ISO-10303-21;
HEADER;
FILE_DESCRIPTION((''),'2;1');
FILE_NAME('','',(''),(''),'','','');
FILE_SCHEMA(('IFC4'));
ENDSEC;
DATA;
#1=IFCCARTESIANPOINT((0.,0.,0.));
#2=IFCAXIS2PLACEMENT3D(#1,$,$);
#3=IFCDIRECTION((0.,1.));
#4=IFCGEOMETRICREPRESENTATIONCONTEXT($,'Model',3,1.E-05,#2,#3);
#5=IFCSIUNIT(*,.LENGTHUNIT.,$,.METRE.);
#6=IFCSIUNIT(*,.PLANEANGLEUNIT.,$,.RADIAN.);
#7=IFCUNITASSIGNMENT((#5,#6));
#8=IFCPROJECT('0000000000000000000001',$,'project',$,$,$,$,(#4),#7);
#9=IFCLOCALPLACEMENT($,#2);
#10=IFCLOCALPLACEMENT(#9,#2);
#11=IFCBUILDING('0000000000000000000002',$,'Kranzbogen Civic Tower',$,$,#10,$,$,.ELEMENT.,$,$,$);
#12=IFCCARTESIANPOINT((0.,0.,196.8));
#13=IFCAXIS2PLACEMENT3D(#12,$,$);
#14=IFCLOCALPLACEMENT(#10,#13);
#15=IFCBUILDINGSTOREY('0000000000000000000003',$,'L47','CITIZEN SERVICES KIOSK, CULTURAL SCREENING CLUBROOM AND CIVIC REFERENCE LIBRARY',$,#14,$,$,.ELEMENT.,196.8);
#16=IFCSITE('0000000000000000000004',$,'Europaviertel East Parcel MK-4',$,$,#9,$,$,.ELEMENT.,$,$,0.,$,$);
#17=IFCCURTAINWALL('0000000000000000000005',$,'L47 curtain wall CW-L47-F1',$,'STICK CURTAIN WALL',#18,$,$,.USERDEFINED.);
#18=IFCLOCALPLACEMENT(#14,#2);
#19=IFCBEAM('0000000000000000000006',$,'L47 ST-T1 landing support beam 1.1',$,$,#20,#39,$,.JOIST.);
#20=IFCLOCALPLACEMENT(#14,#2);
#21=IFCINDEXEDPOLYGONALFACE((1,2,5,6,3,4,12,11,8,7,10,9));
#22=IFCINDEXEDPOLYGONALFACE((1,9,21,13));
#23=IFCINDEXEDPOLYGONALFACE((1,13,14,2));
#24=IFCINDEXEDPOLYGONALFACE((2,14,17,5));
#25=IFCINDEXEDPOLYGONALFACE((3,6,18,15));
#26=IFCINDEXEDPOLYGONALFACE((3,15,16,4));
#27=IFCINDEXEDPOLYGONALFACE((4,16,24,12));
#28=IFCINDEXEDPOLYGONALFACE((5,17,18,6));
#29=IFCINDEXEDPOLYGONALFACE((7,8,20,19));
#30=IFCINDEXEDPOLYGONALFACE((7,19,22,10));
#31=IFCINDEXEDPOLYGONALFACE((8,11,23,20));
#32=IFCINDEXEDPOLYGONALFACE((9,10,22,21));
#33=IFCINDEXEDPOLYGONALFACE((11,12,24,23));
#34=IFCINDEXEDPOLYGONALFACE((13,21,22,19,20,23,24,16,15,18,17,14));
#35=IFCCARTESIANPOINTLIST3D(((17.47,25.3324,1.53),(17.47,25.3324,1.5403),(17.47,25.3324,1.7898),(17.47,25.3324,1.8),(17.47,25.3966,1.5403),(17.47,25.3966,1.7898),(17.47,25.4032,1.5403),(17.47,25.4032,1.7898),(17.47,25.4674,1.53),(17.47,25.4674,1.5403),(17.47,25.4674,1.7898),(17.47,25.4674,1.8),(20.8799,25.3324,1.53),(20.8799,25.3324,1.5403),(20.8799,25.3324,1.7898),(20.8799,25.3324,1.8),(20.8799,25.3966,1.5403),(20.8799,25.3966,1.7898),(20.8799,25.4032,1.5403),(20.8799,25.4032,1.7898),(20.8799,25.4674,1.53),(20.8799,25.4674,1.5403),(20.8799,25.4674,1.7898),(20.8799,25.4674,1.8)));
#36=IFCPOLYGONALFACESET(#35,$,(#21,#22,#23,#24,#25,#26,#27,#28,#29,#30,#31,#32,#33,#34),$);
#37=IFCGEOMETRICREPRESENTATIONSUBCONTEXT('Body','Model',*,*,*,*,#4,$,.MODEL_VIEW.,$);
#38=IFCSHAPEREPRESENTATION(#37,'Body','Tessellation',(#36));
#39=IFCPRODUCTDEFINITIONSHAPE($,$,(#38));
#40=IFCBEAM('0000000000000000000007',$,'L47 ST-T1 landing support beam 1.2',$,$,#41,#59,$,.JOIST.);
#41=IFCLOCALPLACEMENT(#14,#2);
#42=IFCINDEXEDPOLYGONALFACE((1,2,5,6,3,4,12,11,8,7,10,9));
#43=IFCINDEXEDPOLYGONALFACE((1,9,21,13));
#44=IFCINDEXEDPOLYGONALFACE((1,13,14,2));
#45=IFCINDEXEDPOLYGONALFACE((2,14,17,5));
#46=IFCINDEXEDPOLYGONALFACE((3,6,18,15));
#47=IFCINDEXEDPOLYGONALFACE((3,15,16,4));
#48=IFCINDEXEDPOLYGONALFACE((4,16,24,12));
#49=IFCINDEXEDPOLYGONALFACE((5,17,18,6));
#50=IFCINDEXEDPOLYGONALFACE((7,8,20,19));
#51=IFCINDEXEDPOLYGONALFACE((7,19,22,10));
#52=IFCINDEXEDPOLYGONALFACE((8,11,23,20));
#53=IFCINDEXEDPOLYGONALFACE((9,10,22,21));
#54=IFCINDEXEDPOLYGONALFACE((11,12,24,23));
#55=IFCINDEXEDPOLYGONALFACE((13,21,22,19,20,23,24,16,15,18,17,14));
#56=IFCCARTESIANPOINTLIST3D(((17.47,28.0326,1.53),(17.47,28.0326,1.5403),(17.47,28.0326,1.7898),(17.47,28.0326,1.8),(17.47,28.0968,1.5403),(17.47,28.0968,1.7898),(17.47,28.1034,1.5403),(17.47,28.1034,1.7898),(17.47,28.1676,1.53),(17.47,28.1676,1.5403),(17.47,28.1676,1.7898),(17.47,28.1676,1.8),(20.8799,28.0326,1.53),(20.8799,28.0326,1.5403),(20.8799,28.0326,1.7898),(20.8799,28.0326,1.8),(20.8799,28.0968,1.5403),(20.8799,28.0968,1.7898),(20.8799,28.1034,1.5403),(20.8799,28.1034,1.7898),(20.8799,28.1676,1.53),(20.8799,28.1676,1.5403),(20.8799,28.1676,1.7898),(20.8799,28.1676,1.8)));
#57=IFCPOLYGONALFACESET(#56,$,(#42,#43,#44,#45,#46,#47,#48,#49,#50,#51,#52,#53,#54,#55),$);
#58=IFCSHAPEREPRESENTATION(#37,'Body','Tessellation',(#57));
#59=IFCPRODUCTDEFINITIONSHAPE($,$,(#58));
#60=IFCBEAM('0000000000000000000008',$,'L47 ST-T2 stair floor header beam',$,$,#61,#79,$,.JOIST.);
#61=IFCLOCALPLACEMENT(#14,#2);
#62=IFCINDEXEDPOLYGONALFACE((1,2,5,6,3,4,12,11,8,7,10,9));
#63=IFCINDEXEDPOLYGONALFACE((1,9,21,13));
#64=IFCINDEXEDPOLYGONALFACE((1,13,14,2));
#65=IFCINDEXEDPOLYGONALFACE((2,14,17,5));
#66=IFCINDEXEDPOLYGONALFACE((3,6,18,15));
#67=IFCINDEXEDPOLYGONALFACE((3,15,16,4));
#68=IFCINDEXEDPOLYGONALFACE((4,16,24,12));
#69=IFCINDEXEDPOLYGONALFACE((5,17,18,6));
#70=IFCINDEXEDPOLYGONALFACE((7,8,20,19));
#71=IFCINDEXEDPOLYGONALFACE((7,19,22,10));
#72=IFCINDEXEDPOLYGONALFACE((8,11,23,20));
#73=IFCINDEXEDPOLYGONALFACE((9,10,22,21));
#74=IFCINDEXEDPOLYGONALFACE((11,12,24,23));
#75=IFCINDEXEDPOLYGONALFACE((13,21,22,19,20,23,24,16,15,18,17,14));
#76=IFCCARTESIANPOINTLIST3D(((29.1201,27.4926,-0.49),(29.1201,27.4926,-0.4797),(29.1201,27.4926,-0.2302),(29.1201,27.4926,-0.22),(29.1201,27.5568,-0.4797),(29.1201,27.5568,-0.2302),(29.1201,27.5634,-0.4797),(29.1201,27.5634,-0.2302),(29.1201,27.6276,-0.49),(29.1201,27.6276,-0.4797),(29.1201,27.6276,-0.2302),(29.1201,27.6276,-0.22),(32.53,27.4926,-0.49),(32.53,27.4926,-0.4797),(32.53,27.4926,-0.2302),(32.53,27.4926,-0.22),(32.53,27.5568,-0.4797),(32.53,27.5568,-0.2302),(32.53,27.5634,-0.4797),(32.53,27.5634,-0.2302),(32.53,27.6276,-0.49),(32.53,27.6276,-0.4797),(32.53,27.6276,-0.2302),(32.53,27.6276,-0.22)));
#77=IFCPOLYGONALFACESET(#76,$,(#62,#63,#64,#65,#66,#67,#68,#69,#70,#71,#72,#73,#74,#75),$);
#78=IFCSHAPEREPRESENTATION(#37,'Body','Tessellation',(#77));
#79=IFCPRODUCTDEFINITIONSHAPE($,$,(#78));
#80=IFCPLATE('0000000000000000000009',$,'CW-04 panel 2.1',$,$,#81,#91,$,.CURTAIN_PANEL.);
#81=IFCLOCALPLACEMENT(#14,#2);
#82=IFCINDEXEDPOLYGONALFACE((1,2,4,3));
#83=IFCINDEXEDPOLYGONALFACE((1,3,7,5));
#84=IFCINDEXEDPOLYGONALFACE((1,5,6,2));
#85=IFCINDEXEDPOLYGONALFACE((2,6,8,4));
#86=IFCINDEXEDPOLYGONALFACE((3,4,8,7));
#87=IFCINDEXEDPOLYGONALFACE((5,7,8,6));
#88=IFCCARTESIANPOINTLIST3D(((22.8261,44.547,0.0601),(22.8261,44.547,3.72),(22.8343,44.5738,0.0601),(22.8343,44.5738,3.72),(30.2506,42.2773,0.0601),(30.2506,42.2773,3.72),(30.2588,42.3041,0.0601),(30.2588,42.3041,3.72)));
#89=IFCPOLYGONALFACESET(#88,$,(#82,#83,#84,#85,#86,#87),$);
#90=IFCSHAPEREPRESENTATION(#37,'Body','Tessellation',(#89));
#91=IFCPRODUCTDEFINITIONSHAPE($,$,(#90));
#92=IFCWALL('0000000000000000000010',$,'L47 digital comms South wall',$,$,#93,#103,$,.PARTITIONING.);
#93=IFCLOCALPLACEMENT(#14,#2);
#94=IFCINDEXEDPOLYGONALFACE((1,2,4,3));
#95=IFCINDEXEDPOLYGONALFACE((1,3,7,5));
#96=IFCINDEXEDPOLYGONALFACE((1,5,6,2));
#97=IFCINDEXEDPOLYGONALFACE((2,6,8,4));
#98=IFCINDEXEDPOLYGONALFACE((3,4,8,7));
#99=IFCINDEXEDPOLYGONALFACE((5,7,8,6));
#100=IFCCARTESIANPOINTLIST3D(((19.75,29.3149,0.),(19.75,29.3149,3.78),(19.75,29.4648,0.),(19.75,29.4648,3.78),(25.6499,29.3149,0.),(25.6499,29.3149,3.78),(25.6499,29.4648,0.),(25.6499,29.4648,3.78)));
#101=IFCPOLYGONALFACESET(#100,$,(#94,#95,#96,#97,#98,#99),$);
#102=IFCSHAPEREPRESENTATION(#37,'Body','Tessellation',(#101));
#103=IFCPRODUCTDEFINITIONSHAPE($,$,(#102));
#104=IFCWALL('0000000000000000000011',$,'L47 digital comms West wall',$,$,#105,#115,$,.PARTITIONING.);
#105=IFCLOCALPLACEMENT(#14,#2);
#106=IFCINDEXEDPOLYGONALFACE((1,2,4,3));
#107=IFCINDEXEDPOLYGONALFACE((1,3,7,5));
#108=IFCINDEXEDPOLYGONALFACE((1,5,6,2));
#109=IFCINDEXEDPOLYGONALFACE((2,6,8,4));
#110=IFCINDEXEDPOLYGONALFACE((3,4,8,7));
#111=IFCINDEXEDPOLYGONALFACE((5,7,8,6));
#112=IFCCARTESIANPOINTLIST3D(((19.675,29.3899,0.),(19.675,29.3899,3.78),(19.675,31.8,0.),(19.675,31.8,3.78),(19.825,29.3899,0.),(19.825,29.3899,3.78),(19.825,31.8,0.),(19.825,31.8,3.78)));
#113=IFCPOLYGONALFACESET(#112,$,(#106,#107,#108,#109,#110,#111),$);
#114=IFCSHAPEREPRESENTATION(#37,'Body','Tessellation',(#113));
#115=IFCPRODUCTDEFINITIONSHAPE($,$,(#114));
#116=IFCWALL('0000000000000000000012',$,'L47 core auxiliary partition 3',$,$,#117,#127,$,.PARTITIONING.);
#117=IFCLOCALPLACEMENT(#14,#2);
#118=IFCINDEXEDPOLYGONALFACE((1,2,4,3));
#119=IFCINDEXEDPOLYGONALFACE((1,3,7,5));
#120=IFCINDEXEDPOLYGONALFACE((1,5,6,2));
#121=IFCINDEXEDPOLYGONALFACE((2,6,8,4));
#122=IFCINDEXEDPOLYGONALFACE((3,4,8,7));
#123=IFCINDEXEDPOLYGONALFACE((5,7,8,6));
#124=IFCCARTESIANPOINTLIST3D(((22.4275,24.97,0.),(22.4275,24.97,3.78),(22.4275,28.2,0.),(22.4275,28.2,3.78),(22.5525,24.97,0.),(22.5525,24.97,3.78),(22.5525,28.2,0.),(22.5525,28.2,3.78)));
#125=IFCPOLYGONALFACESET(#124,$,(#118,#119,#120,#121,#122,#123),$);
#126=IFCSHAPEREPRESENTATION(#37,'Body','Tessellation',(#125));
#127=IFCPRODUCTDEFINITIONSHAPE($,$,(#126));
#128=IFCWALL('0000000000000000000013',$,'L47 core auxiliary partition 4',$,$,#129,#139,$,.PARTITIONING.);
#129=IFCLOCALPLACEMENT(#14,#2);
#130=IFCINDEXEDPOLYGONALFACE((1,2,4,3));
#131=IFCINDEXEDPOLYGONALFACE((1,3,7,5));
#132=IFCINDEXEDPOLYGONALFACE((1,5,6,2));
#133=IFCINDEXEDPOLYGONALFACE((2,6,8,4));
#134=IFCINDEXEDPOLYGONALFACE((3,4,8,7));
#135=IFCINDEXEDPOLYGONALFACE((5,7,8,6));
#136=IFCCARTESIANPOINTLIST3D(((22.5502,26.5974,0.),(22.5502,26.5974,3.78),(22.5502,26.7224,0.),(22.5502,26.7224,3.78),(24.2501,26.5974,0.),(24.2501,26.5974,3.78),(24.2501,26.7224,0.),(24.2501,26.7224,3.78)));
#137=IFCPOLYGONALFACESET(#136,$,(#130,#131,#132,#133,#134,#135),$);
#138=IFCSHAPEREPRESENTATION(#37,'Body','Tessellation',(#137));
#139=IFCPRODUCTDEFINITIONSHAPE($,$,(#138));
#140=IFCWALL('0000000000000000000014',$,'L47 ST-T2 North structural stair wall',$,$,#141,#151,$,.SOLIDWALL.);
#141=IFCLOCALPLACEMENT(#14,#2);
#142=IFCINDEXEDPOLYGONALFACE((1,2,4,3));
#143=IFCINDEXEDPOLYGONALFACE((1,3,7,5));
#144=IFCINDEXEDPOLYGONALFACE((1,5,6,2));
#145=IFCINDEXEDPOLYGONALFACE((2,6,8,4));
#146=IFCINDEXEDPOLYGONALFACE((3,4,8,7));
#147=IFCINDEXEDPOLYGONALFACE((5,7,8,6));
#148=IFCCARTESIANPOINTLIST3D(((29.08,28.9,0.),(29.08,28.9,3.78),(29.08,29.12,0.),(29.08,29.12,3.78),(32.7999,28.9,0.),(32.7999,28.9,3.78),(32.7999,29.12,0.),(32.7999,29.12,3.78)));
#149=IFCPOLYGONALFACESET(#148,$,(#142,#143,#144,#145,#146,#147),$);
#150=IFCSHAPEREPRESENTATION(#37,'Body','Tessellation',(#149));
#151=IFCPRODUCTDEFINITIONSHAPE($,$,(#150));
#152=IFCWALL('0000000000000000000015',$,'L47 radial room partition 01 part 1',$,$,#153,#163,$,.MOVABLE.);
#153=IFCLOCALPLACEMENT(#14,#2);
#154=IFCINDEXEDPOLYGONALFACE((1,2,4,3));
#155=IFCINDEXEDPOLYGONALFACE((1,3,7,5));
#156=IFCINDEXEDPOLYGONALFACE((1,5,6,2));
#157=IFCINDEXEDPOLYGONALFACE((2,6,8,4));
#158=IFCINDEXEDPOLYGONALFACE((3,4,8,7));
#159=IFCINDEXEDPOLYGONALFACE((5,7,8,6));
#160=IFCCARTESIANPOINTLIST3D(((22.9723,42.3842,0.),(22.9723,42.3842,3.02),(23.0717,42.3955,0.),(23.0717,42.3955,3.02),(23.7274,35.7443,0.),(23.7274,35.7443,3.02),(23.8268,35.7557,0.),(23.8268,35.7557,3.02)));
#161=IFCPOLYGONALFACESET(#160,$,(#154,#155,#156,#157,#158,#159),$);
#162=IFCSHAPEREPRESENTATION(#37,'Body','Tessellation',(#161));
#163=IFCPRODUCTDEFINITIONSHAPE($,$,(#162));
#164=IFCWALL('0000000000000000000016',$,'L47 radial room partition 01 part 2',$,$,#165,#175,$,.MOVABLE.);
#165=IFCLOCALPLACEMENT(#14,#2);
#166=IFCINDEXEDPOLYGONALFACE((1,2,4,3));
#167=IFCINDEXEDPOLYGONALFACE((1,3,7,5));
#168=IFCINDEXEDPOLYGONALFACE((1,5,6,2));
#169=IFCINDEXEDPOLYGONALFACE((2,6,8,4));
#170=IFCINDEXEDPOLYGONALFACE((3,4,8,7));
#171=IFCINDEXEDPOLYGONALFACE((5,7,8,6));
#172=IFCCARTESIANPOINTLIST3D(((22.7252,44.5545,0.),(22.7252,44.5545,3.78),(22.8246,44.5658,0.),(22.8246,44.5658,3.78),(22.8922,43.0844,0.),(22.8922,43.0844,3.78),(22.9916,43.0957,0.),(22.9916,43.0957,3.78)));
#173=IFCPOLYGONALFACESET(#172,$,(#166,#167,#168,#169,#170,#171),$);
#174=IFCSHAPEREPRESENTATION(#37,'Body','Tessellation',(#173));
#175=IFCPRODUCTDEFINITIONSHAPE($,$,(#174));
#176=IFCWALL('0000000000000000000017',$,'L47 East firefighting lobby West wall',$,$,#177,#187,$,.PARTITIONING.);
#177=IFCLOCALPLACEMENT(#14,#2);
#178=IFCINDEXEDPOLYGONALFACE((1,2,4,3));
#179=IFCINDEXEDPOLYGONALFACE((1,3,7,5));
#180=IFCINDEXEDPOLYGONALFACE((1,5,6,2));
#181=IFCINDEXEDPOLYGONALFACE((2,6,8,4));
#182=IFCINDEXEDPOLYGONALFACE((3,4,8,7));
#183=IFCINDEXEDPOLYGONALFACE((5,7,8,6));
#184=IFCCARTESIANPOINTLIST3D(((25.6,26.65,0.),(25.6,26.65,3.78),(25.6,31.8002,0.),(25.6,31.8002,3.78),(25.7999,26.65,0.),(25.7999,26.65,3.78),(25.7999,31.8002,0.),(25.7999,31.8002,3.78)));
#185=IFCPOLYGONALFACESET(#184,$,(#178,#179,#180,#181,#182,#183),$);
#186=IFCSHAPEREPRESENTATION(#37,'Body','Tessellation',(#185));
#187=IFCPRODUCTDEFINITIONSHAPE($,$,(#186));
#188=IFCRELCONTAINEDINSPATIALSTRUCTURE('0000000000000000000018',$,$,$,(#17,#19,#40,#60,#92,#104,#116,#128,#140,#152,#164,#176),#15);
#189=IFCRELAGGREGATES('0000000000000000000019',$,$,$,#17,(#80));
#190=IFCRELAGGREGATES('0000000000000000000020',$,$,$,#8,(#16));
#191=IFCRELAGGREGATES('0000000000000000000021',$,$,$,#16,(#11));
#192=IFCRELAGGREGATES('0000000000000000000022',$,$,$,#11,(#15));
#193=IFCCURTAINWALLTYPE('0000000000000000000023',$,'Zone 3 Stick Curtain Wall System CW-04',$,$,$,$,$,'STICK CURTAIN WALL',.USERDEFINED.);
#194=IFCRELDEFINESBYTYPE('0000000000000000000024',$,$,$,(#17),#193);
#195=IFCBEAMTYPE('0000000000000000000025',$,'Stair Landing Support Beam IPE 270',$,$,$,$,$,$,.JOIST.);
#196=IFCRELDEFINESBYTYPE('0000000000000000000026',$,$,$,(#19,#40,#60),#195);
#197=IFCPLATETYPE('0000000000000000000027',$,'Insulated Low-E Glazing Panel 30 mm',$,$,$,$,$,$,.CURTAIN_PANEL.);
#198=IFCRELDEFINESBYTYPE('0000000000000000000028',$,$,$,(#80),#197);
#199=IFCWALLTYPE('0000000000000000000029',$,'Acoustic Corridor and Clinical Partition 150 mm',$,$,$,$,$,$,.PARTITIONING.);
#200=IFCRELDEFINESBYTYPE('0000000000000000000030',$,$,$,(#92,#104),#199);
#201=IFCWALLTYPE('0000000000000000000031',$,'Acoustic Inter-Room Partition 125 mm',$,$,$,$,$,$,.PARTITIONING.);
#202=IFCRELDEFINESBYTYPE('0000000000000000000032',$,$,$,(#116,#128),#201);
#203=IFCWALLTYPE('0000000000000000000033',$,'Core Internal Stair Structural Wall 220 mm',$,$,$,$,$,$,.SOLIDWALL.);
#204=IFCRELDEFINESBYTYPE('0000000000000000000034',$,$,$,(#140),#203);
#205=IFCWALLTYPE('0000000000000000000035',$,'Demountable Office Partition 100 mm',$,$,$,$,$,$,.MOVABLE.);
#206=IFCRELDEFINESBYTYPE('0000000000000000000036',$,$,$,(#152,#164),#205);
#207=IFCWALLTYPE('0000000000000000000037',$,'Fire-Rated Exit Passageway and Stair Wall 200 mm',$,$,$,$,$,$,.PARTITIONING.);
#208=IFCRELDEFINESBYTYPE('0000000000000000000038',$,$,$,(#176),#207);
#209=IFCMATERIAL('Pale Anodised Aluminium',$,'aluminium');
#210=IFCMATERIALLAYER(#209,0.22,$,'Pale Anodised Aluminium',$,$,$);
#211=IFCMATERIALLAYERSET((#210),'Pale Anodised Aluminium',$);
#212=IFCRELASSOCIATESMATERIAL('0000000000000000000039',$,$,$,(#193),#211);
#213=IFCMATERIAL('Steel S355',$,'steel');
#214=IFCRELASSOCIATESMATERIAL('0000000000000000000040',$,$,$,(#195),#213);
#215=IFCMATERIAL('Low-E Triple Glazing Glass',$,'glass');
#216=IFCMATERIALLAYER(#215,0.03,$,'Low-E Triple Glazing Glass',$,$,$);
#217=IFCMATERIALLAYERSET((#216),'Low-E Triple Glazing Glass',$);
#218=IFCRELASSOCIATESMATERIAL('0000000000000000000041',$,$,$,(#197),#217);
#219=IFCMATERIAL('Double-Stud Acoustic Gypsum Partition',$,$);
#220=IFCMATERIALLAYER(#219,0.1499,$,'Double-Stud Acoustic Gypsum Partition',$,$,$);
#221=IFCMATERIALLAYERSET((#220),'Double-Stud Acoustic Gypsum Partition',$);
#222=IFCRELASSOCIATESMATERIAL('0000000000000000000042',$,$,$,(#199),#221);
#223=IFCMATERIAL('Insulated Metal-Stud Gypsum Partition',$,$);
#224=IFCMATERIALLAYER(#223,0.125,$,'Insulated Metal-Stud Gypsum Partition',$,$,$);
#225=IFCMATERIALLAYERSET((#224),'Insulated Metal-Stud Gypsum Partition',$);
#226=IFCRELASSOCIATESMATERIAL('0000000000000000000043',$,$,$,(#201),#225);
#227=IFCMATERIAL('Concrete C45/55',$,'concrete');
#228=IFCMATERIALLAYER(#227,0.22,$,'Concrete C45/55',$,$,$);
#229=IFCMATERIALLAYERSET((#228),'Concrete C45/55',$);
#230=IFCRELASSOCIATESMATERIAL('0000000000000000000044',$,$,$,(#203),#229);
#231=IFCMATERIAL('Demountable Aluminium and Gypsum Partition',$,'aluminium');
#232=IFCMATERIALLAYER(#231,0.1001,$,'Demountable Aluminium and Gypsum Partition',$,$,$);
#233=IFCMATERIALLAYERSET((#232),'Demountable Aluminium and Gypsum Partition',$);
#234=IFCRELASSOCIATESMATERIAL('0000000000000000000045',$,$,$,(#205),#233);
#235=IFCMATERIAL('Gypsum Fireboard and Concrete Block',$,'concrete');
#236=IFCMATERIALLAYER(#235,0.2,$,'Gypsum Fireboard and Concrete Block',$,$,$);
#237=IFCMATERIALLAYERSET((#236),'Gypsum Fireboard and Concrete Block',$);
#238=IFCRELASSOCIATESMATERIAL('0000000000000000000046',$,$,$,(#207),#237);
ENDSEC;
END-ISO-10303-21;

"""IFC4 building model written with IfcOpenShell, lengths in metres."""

from ifc_helpers import new_model, si_unit, direction, frame, frame_2d, origin, origin_2d, place, context, subcontext, project, spatial, rectangle, i_section, extrude, material, layer, layer_set, material_profile, profile_set, type_object, element, aggregate, save


model = new_model("IFC4")

# Units and contexts
model_context = context("Model", 3, precision=1e-05, world=origin(), true_north=direction((0.0, 1.0)))
body_context = subcontext(model_context, "Body", "Model", "MODEL_VIEW")
ifc_project = project(units=[si_unit("LENGTHUNIT", "METRE"), si_unit("PLANEANGLEUNIT", "RADIAN")], contexts=[model_context])

# Site, building, storey
site_placement = place(None, origin())
site = spatial("IfcSite", under=ifc_project, at=site_placement, Name="Europaviertel East Parcel MK-4", CompositionType="ELEMENT", RefElevation=0.0)
building_placement = place(site_placement, origin())
building = spatial("IfcBuilding", under=site, at=building_placement, Name="Kranzbogen Civic Tower", CompositionType="ELEMENT")
storey_placement = place(building_placement, frame((0.0, 0.0, 196.8)))
storey = spatial("IfcBuildingStorey", under=building, at=storey_placement, Name="L47", Description="CITIZEN SERVICES KIOSK, CULTURAL SCREENING CLUBROOM AND CIVIC REFERENCE LIBRARY", CompositionType="ELEMENT", Elevation=196.8)

# Shared definitions
ifc_material_1 = material(Name="Steel S355", Category="steel")

# Curtain wall
ifc_material_2 = material(Name="Pale Anodised Aluminium", Category="aluminium")
ifc_layer_1 = layer(ifc_material_2, 0.22, Name="Pale Anodised Aluminium")
ifc_layer_set_1 = layer_set([ifc_layer_1], Name="Pale Anodised Aluminium")
curtain_wall_type = type_object("IfcCurtainWallType", Name="Zone 3 Stick Curtain Wall System CW-04", ElementType="STICK CURTAIN WALL", PredefinedType="USERDEFINED", material=ifc_layer_set_1)
curtain_wall_placement = place(storey_placement, origin())
curtain_wall = element("IfcCurtainWall", 1, at=curtain_wall_placement, inside=storey, type_object=curtain_wall_type, Name="L47 curtain wall CW-L47-F1", ObjectType="STICK CURTAIN WALL", PredefinedType="USERDEFINED")

# Beams
ifc_material_profile_1 = material_profile(ifc_material_1, i_section(OverallWidth=0.135, OverallDepth=0.27, WebThickness=0.0066, FlangeThickness=0.0103, at=origin_2d()), Name="IPE 270")
ifc_profile_set_1 = profile_set([ifc_material_profile_1], Name="Steel S355")
beam_type_1 = type_object("IfcBeamType", Name="Stair Landing Support Beam IPE 270", PredefinedType="JOIST", material=ifc_profile_set_1)
for number, where, z_axis, x_axis, name in (
    (2, (20.8799, 25.3999, 1.665), (-1.0, 0.0, 0.0), (0.0, -1.0, 0.0), "L47 ST-T1 landing support beam 1.1"),
    (3, (20.8799, 28.1001, 1.665), (-1.0, 0.0, 0.0), (0.0, -1.0, 0.0), "L47 ST-T1 landing support beam 1.2"),
    (4, (29.1201, 27.5601, -0.355), (1.0, 0.0, 0.0), (0.0, 1.0, 0.0), "L47 ST-T2 stair floor header beam"),
):
    element("IfcBeam", number, at=place(storey_placement, frame(where, z_axis=z_axis, x_axis=x_axis)), inside=storey, type_object=beam_type_1, Name=name, PredefinedType="JOIST", context=body_context, shape_type="SweptSolid", body=[
        extrude(i_section(OverallWidth=0.135, OverallDepth=0.27, WebThickness=0.0066, FlangeThickness=0.0103, at=origin_2d()), origin(), (0.0, 0.0, 1.0), 3.4099),
    ])

# Plate
ifc_material_3 = material(Name="Low-E Triple Glazing Glass", Category="glass")
ifc_layer_2 = layer(ifc_material_3, 0.03, Name="Low-E Triple Glazing Glass")
ifc_layer_set_2 = layer_set([ifc_layer_2], Name="Low-E Triple Glazing Glass")
plate_type = type_object("IfcPlateType", Name="Insulated Low-E Glazing Panel 30 mm", PredefinedType="CURTAIN_PANEL", material=ifc_layer_set_2)
plate_placement = place(storey_placement, frame((26.5425, 43.4255, 0.0601), z_axis=(0.0, 0.0, 1.0), x_axis=(-0.956312, 0.29235, 0.0)))
plate = element("IfcPlate", 5, at=plate_placement, type_object=plate_type, Name="CW-04 panel 2.1", PredefinedType="CURTAIN_PANEL", context=body_context, shape_type="SweptSolid", body=[
    extrude(rectangle(XDim=7.7637, YDim=0.0281, at=origin_2d()), origin(), (0.0, 0.0, 1.0), 3.6599),
])
aggregate(curtain_wall, [plate])

# Walls
ifc_material_4 = material(Name="Double-Stud Acoustic Gypsum Partition")
ifc_layer_3 = layer(ifc_material_4, 0.1499, Name="Double-Stud Acoustic Gypsum Partition")
ifc_layer_set_3 = layer_set([ifc_layer_3], Name="Double-Stud Acoustic Gypsum Partition")
wall_type_1 = type_object("IfcWallType", Name="Acoustic Corridor and Clinical Partition 150 mm", PredefinedType="PARTITIONING", material=ifc_layer_set_3)
wall_1_placement = place(storey_placement, frame((19.75, 29.3899, 0.0), z_axis=(0.0, 0.0, 1.0), x_axis=(1.0, 0.0, 0.0)))
element("IfcWall", 6, at=wall_1_placement, inside=storey, type_object=wall_type_1, Name="L47 digital comms South wall", PredefinedType="PARTITIONING", context=body_context, shape_type="SweptSolid", body=[
    extrude(rectangle(XDim=5.8999, YDim=0.1499, at=frame_2d((2.95, 0.0))), origin(), (0.0, 0.0, 1.0), 3.78),
])
wall_2_placement = place(storey_placement, frame((19.75, 29.3899, 0.0), z_axis=(0.0, 0.0, 1.0), x_axis=(0.0, 1.0, 0.0)))
element("IfcWall", 7, at=wall_2_placement, inside=storey, type_object=wall_type_1, Name="L47 digital comms West wall", PredefinedType="PARTITIONING", context=body_context, shape_type="SweptSolid", body=[
    extrude(rectangle(XDim=2.4102, YDim=0.1499, at=frame_2d((1.2051, 0.0))), origin(), (0.0, 0.0, 1.0), 3.78),
])

# Shared definitions
ifc_material_5 = material(Name="Insulated Metal-Stud Gypsum Partition")
ifc_layer_4 = layer(ifc_material_5, 0.125, Name="Insulated Metal-Stud Gypsum Partition")
ifc_layer_set_4 = layer_set([ifc_layer_4], Name="Insulated Metal-Stud Gypsum Partition")
wall_type_2 = type_object("IfcWallType", Name="Acoustic Inter-Room Partition 125 mm", PredefinedType="PARTITIONING", material=ifc_layer_set_4)

# Walls
wall_3_placement = place(storey_placement, frame((22.49, 24.97, 0.0), z_axis=(0.0, 0.0, 1.0), x_axis=(0.0, 1.0, 0.0)))
element("IfcWall", 8, at=wall_3_placement, inside=storey, type_object=wall_type_2, Name="L47 core auxiliary partition 3", PredefinedType="PARTITIONING", context=body_context, shape_type="SweptSolid", body=[
    extrude(rectangle(XDim=3.23, YDim=0.125, at=frame_2d((1.615, 0.0))), origin(), (0.0, 0.0, 1.0), 3.78),
])
wall_4_placement = place(storey_placement, frame((22.55, 26.6599, 0.0), z_axis=(0.0, 0.0, 1.0), x_axis=(1.0, 0.0, 0.0)))
element("IfcWall", 9, at=wall_4_placement, inside=storey, type_object=wall_type_2, Name="L47 core auxiliary partition 4", PredefinedType="PARTITIONING", context=body_context, shape_type="SweptSolid", body=[
    extrude(rectangle(XDim=1.7, YDim=0.125, at=frame_2d((0.8501, 0.0))), origin(), (0.0, 0.0, 1.0), 3.78),
])
ifc_material_6 = material(Name="Concrete C45/55", Category="concrete")
ifc_layer_5 = layer(ifc_material_6, 0.22, Name="Concrete C45/55")
ifc_layer_set_5 = layer_set([ifc_layer_5], Name="Concrete C45/55")
wall_type_3 = type_object("IfcWallType", Name="Core Internal Stair Structural Wall 220 mm", PredefinedType="SOLIDWALL", material=ifc_layer_set_5)
wall_5_placement = place(storey_placement, frame((29.0801, 29.01, 0.0), z_axis=(0.0, 0.0, 1.0), x_axis=(1.0, 0.0, 0.0)))
element("IfcWall", 10, at=wall_5_placement, inside=storey, type_object=wall_type_3, Name="L47 ST-T2 North structural stair wall", PredefinedType="SOLIDWALL", context=body_context, shape_type="SweptSolid", body=[
    extrude(rectangle(XDim=3.72, YDim=0.22, at=frame_2d((1.8599, 0.0))), origin(), (0.0, 0.0, 1.0), 3.78),
])
ifc_material_7 = material(Name="Demountable Aluminium and Gypsum Partition", Category="aluminium")
ifc_layer_6 = layer(ifc_material_7, 0.1001, Name="Demountable Aluminium and Gypsum Partition")
ifc_layer_set_6 = layer_set([ifc_layer_6], Name="Demountable Aluminium and Gypsum Partition")
wall_type_4 = type_object("IfcWallType", Name="Demountable Office Partition 100 mm", PredefinedType="MOVABLE", material=ifc_layer_set_6)
wall_6_placement = place(storey_placement, frame((23.7771, 35.75, 0.0), z_axis=(0.0, 0.0, 1.0), x_axis=(-0.112997, 0.993595, 0.0)))
element("IfcWall", 11, at=wall_6_placement, inside=storey, type_object=wall_type_4, Name="L47 radial room partition 01 part 1", PredefinedType="MOVABLE", context=body_context, shape_type="SweptSolid", body=[
    extrude(rectangle(XDim=6.6826, YDim=0.1001, at=frame_2d((3.3413, 0.0))), origin(), (0.0, 0.0, 1.0), 3.02),
])
wall_7_placement = place(storey_placement, frame((22.9419, 43.0901, 0.0), z_axis=(0.0, 0.0, 1.0), x_axis=(-0.112876, 0.993609, 0.0)))
element("IfcWall", 12, at=wall_7_placement, inside=storey, type_object=wall_type_4, Name="L47 radial room partition 01 part 2", PredefinedType="MOVABLE", context=body_context, shape_type="SweptSolid", body=[
    extrude(rectangle(XDim=1.4795, YDim=0.1001, at=frame_2d((0.7397, 0.0))), origin(), (0.0, 0.0, 1.0), 3.78),
])
ifc_material_8 = material(Name="Gypsum Fireboard and Concrete Block", Category="concrete")
ifc_layer_7 = layer(ifc_material_8, 0.2, Name="Gypsum Fireboard and Concrete Block")
ifc_layer_set_7 = layer_set([ifc_layer_7], Name="Gypsum Fireboard and Concrete Block")
wall_type_5 = type_object("IfcWallType", Name="Fire-Rated Exit Passageway and Stair Wall 200 mm", PredefinedType="PARTITIONING", material=ifc_layer_set_7)
wall_8_placement = place(storey_placement, frame((25.7, 26.6499, 0.0), z_axis=(0.0, 0.0, 1.0), x_axis=(0.0, 1.0, 0.0)))
element("IfcWall", 13, at=wall_8_placement, inside=storey, type_object=wall_type_5, Name="L47 East firefighting lobby West wall", PredefinedType="PARTITIONING", context=body_context, shape_type="SweptSolid", body=[
    extrude(rectangle(XDim=5.1501, YDim=0.2, at=frame_2d((2.5752, 0.0))), origin(), (0.0, 0.0, 1.0), 3.78),
])

save(model, "model.ifc")
